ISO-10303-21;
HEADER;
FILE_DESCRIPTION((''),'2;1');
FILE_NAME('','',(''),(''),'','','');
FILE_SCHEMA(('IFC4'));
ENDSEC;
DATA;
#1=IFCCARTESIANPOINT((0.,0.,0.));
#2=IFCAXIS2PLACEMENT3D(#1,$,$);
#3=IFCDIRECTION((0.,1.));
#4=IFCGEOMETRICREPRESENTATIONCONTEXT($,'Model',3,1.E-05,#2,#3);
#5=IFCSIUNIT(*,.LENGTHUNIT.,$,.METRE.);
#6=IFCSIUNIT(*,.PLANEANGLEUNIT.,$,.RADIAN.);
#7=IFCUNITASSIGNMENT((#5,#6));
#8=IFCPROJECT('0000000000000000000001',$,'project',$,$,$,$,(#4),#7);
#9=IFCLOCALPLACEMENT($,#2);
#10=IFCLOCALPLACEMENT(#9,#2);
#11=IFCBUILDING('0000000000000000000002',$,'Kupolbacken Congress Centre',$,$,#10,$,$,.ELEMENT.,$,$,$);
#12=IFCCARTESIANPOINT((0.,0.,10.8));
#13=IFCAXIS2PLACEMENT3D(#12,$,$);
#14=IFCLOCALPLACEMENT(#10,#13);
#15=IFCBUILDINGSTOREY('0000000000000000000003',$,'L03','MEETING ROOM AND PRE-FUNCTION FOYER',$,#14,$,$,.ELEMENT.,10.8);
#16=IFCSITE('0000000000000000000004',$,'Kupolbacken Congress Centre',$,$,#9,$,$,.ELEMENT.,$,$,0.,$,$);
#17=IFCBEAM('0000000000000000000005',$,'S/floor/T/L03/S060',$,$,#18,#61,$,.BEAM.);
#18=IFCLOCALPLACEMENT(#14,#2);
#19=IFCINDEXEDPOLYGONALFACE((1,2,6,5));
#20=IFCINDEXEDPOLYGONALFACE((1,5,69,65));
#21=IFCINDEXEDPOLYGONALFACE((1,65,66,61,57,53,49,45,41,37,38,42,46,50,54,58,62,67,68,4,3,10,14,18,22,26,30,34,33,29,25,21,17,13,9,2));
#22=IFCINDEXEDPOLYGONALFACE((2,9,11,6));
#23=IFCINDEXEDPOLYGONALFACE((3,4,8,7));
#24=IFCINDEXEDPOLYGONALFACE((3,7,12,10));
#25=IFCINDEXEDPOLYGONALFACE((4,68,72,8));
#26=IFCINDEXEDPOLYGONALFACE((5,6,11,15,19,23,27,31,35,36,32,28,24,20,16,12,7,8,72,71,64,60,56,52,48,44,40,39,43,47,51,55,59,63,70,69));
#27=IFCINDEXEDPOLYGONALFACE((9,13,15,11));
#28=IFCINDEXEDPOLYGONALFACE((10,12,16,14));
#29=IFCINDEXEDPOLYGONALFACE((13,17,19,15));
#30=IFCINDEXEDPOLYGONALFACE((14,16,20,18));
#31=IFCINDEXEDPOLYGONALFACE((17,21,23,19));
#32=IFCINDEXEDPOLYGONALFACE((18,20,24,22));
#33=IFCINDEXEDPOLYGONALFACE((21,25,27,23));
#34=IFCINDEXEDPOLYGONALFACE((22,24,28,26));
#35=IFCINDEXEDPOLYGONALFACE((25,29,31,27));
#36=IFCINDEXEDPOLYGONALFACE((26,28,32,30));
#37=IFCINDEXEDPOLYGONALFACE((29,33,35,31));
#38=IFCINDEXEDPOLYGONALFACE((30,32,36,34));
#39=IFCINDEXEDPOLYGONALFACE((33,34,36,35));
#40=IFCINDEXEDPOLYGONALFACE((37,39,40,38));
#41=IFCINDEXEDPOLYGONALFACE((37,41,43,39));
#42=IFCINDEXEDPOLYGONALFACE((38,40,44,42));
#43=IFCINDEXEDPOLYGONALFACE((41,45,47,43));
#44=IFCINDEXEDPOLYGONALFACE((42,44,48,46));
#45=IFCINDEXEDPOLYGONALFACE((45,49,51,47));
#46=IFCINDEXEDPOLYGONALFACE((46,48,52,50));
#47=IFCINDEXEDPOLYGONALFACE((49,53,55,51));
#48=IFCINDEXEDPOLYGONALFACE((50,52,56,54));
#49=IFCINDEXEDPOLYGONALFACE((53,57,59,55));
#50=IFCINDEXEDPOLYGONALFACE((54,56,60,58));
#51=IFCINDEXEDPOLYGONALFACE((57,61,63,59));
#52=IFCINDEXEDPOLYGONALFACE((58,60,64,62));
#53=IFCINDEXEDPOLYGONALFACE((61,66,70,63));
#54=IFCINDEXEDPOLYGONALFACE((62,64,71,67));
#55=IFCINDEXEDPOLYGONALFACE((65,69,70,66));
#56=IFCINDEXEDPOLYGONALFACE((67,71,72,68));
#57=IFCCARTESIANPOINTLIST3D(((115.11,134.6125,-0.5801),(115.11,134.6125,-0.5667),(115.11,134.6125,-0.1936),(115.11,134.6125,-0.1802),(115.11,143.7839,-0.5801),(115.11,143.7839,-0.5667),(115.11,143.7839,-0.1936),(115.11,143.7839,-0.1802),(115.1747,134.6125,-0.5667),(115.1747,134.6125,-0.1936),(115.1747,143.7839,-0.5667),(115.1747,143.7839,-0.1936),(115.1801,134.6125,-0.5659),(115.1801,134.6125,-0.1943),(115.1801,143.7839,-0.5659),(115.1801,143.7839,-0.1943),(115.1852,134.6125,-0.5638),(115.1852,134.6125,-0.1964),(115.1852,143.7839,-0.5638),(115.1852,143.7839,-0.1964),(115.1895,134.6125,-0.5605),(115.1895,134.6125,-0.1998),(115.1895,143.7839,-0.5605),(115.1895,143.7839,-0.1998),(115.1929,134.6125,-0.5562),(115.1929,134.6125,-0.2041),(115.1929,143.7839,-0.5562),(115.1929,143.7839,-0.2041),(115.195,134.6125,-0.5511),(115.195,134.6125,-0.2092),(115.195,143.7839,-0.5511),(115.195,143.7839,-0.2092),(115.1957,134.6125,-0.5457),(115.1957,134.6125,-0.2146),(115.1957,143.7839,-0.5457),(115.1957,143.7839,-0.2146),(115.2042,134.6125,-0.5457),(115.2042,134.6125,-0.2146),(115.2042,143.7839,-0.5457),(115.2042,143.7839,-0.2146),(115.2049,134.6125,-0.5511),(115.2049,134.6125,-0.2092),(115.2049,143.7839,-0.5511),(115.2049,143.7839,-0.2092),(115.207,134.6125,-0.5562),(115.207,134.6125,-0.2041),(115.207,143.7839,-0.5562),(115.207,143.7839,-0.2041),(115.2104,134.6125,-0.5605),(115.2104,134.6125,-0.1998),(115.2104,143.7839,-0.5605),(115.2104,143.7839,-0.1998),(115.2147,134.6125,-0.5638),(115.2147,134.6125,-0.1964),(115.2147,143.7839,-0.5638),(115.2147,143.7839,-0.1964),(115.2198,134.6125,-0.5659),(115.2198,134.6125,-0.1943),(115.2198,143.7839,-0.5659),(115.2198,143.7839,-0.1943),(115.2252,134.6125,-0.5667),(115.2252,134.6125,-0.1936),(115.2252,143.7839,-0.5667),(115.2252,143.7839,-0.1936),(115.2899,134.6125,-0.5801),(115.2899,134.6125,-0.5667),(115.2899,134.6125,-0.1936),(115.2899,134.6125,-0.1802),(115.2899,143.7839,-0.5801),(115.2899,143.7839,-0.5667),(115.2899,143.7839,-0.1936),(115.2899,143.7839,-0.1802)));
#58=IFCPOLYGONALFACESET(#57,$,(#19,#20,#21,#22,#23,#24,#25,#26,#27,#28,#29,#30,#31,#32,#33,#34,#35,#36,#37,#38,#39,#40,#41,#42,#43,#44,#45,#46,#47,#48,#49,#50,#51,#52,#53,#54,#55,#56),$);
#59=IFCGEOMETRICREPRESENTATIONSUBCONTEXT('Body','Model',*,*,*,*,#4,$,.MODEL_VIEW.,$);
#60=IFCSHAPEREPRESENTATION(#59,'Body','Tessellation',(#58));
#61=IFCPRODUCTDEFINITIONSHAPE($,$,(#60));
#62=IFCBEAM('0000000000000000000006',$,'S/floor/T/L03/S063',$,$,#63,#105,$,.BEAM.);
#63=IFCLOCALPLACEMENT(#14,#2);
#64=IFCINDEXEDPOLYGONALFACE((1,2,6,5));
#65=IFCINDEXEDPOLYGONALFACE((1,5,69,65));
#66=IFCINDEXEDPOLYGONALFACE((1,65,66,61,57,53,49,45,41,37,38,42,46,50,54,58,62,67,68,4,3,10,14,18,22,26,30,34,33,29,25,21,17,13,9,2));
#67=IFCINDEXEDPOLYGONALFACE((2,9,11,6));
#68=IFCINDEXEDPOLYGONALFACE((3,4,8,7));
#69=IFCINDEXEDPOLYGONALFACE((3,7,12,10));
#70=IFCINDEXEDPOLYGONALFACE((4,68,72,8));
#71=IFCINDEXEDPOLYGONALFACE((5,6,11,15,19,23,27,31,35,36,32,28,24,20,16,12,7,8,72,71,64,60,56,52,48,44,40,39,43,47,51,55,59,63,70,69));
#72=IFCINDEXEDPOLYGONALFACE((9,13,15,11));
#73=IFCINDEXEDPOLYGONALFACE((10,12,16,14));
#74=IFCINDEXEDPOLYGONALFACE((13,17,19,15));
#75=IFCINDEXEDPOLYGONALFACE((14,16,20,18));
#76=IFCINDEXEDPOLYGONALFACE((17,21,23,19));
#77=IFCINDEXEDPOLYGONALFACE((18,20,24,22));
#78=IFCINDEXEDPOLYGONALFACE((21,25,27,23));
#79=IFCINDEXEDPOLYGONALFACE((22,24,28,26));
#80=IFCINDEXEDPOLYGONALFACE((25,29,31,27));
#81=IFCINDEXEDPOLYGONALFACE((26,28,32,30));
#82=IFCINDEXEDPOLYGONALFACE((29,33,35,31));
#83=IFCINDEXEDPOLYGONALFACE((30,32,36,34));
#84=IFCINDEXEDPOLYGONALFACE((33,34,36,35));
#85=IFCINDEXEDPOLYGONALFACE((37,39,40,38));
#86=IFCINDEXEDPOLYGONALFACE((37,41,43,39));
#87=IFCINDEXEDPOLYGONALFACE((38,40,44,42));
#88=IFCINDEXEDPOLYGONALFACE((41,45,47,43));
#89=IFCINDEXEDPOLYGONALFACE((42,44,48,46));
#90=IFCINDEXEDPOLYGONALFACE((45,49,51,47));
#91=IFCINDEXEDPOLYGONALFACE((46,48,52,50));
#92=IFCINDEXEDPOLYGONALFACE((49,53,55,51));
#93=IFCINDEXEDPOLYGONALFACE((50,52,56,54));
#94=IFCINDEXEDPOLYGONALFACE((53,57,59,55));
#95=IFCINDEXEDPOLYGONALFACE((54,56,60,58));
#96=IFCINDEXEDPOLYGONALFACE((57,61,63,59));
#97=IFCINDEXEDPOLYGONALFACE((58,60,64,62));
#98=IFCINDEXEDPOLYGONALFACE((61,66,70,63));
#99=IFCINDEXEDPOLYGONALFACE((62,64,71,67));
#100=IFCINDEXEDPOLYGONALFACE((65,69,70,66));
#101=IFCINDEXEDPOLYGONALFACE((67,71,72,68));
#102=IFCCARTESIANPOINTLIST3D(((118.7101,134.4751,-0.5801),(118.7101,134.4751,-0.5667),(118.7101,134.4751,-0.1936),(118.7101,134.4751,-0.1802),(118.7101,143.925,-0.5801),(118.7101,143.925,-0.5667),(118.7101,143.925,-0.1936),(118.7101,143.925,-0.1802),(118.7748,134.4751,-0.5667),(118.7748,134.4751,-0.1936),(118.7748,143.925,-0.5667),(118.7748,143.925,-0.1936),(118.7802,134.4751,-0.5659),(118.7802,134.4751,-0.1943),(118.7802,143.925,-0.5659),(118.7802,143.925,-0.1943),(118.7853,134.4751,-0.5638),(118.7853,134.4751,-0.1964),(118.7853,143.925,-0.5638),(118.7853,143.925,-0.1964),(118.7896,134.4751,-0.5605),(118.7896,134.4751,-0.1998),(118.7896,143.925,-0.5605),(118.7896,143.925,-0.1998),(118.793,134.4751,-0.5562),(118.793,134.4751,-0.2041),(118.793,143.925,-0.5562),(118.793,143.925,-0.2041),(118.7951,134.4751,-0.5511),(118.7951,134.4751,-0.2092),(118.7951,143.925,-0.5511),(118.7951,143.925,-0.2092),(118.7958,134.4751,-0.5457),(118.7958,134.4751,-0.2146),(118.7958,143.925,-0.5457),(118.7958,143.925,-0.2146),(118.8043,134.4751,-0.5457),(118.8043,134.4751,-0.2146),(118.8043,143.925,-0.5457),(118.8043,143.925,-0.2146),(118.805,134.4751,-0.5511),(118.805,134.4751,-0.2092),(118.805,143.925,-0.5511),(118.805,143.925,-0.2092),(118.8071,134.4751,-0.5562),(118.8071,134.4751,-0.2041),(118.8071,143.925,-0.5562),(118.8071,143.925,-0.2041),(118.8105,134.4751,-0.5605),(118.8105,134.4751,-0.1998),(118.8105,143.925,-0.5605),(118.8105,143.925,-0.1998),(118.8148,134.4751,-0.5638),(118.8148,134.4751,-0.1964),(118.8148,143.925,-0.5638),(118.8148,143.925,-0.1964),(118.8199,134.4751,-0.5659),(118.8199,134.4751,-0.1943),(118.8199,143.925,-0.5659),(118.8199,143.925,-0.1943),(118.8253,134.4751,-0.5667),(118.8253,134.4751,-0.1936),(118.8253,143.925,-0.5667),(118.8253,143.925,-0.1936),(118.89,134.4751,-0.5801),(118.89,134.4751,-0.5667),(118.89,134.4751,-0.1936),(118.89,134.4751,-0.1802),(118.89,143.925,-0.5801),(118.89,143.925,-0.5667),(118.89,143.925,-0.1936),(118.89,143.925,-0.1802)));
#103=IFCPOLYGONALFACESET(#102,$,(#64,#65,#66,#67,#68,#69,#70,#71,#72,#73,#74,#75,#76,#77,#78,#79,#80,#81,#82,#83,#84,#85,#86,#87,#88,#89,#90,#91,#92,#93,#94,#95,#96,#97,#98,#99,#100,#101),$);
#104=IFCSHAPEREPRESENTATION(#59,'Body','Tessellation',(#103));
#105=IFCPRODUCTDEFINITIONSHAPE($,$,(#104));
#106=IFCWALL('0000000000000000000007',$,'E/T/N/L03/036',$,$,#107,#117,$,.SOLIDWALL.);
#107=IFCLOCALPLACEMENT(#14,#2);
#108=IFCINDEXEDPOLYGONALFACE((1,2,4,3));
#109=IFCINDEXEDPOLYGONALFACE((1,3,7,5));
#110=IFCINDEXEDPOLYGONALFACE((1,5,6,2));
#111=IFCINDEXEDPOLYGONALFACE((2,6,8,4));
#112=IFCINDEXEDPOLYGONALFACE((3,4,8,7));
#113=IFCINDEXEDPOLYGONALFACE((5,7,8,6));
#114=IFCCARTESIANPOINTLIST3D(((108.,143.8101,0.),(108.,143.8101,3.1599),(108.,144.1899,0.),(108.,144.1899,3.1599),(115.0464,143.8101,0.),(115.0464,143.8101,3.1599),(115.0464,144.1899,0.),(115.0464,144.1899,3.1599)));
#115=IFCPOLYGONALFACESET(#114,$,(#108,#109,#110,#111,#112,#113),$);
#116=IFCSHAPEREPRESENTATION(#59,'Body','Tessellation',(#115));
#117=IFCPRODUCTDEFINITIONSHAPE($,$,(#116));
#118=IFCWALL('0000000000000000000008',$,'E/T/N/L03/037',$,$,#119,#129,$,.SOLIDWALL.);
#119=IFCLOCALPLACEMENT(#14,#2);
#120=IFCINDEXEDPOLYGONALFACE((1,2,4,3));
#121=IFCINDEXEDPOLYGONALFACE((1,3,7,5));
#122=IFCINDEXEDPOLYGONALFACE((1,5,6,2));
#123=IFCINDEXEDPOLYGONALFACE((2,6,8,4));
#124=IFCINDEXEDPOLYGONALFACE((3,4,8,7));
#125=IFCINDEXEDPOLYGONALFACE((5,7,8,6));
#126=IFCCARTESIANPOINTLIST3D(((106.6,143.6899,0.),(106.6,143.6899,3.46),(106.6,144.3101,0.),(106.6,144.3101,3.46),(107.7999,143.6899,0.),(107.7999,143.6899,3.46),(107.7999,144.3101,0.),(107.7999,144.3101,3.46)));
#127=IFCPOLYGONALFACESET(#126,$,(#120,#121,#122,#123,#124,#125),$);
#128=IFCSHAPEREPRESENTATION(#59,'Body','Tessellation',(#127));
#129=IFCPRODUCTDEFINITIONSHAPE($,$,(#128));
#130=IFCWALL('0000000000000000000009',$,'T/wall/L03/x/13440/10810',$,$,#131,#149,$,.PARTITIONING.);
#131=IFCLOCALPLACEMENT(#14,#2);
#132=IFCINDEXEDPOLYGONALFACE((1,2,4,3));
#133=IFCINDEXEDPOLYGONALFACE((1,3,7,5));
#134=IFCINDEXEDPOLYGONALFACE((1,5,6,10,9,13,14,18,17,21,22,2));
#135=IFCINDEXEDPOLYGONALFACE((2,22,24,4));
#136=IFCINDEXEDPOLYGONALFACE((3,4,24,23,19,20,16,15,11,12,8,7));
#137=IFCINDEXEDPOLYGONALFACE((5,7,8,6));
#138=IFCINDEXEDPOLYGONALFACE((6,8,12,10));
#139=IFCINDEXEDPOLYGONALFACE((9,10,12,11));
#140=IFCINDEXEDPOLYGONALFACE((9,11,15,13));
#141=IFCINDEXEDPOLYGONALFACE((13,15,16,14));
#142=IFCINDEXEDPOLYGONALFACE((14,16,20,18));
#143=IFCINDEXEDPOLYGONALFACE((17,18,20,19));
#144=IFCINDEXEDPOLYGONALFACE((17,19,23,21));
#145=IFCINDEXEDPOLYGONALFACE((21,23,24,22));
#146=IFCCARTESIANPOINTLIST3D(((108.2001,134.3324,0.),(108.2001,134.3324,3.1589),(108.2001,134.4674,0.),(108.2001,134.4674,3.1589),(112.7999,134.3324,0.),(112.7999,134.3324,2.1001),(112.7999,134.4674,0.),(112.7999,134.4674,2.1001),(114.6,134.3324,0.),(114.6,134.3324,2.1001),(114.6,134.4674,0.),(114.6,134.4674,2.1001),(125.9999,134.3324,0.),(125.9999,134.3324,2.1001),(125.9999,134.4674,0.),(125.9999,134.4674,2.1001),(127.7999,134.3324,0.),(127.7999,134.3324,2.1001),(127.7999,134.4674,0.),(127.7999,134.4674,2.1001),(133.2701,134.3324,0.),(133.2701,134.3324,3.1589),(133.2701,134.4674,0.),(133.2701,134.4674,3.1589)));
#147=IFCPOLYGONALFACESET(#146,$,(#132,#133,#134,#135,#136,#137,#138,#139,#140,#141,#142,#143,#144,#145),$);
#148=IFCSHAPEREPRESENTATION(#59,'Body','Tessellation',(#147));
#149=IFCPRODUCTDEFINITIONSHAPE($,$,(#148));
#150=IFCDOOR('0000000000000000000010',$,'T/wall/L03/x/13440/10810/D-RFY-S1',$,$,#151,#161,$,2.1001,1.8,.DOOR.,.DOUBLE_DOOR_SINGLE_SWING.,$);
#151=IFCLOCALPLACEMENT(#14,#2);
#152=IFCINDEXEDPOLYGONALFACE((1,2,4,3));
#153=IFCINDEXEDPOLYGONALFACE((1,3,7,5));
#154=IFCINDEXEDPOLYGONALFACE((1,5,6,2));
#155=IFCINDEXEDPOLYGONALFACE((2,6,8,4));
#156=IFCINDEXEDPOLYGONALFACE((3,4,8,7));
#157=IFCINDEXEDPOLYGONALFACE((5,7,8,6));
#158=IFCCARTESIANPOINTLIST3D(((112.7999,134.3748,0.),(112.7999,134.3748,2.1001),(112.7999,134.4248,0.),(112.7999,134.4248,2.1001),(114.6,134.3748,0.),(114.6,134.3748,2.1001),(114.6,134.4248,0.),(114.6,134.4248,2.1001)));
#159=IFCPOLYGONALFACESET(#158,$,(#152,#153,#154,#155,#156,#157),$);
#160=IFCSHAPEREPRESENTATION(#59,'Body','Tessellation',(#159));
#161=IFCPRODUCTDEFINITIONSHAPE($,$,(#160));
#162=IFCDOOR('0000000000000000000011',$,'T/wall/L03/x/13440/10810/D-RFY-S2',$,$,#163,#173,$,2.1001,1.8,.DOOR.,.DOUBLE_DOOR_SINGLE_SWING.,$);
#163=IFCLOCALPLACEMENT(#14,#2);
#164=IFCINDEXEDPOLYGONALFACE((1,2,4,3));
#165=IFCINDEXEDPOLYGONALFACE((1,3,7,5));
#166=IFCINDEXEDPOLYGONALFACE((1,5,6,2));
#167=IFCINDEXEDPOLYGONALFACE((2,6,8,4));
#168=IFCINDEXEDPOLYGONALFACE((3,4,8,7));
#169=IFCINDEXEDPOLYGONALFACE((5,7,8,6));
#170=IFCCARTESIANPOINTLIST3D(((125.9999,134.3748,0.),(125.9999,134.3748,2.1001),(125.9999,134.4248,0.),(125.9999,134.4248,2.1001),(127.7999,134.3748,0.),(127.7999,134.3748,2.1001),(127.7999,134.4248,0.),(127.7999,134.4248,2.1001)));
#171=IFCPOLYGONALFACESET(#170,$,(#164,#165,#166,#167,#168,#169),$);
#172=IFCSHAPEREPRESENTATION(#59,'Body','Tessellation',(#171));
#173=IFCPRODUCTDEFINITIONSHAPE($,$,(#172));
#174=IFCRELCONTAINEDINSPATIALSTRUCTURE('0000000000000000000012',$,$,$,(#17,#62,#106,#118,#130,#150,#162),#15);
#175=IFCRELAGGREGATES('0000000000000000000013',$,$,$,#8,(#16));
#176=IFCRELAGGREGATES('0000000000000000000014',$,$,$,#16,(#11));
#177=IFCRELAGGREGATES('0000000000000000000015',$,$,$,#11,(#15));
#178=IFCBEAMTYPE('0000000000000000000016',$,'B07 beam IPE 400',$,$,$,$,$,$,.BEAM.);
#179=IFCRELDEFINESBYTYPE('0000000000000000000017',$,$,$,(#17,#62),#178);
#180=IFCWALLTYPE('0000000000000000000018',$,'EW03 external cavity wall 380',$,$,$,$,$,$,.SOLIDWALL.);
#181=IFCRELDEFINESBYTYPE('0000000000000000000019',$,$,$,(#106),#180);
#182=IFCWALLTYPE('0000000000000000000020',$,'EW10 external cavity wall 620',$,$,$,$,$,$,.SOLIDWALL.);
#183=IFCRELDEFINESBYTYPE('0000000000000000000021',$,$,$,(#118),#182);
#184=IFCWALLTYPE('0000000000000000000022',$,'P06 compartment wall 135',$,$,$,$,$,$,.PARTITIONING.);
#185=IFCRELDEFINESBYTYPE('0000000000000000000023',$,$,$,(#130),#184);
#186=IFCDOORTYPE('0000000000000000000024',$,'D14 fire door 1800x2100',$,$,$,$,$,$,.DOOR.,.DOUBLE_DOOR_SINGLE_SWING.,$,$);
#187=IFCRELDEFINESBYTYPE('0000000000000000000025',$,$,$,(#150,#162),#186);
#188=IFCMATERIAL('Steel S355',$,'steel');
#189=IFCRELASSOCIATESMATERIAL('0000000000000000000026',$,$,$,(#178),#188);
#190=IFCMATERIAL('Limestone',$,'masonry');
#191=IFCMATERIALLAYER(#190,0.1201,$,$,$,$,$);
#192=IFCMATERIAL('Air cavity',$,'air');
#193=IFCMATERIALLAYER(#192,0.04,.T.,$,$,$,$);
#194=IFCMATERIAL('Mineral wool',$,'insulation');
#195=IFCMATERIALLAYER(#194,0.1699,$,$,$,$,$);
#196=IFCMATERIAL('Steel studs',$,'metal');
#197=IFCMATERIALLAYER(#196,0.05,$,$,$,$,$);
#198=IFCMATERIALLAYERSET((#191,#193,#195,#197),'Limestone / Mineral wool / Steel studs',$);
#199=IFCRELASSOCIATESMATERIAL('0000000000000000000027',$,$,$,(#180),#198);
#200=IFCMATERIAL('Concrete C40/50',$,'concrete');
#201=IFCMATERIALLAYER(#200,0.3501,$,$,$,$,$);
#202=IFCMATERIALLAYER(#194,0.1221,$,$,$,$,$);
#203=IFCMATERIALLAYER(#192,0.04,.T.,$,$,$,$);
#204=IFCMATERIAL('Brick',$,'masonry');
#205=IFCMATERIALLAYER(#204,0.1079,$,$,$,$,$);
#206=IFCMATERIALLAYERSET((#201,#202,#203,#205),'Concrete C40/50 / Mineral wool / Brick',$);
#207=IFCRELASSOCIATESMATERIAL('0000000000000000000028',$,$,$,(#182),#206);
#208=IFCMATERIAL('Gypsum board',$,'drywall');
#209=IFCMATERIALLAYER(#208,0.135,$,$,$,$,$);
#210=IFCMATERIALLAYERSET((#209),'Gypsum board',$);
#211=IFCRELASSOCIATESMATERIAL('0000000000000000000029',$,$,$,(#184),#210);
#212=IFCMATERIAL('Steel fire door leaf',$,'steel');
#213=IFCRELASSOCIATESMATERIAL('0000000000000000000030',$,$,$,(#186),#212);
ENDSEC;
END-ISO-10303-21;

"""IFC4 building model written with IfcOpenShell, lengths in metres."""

from ifc_helpers import new_model, si_unit, direction, frame, frame_2d, origin, origin_2d, place, context, subcontext, project, spatial, rectangle, i_section, extrude, material, layer, layer_set, material_profile, profile_set, type_object, element, fill, save


model = new_model("IFC4")

# Units and contexts
model_context = context("Model", 3, precision=1e-05, world=origin(), true_north=direction((0.0, 1.0)))
body_context = subcontext(model_context, "Body", "Model", "MODEL_VIEW")
ifc_project = project(units=[si_unit("LENGTHUNIT", "METRE"), si_unit("PLANEANGLEUNIT", "RADIAN")], contexts=[model_context])

# Site, building, storey
site_placement = place(None, origin())
site = spatial("IfcSite", under=ifc_project, at=site_placement, Name="Kupolbacken Congress Centre", CompositionType="ELEMENT", RefElevation=0.0)
building_placement = place(site_placement, origin())
building = spatial("IfcBuilding", under=site, at=building_placement, Name="Kupolbacken Congress Centre", CompositionType="ELEMENT")
storey_placement = place(building_placement, frame((0.0, 0.0, 10.8)))
storey = spatial("IfcBuildingStorey", under=building, at=storey_placement, Name="L03", Description="MEETING ROOM AND PRE-FUNCTION FOYER", CompositionType="ELEMENT", Elevation=10.8)

# Beams
ifc_material_1 = material(Name="Steel S355", Category="steel")
ifc_material_profile_1 = material_profile(ifc_material_1, i_section(OverallWidth=0.1799, OverallDepth=0.3999, WebThickness=0.0085, FlangeThickness=0.0134, FilletRadius=0.021, at=origin_2d()), Name="IPE 400")
ifc_profile_set_1 = profile_set([ifc_material_profile_1], Name="Steel S355")
beam_type_1 = type_object("IfcBeamType", Name="B07 beam IPE 400", PredefinedType="BEAM", material=ifc_profile_set_1)
beam_1_placement = place(storey_placement, frame((115.2, 134.6125, -0.3801), z_axis=(0.0, 1.0, 0.0), x_axis=(-1.0, 0.0, 0.0)))
element("IfcBeam", 1, at=beam_1_placement, inside=storey, type_object=beam_type_1, Name="S/floor/T/L03/S060", PredefinedType="BEAM", context=body_context, shape_type="SweptSolid", body=[
    extrude(i_section(OverallWidth=0.1799, OverallDepth=0.3999, WebThickness=0.0085, FlangeThickness=0.0134, FilletRadius=0.021, at=origin_2d()), origin(), (0.0, 0.0, 1.0), 9.1714),
])
beam_2_placement = place(storey_placement, frame((118.8, 134.4751, -0.3801), z_axis=(0.0, 1.0, 0.0), x_axis=(-1.0, 0.0, 0.0)))
element("IfcBeam", 2, at=beam_2_placement, inside=storey, type_object=beam_type_1, Name="S/floor/T/L03/S063", PredefinedType="BEAM", context=body_context, shape_type="SweptSolid", body=[
    extrude(i_section(OverallWidth=0.1799, OverallDepth=0.3999, WebThickness=0.0085, FlangeThickness=0.0134, FilletRadius=0.021, at=origin_2d()), origin(), (0.0, 0.0, 1.0), 9.45),
])

# Walls
ifc_material_2 = material(Name="Limestone", Category="masonry")
ifc_layer_1 = layer(ifc_material_2, 0.1201)
ifc_material_3 = material(Name="Air cavity", Category="air")
ifc_layer_2 = layer(ifc_material_3, 0.04, ventilated=True)
ifc_material_4 = material(Name="Mineral wool", Category="insulation")
ifc_layer_3 = layer(ifc_material_4, 0.1699)
ifc_material_5 = material(Name="Steel studs", Category="metal")
ifc_layer_4 = layer(ifc_material_5, 0.05)
ifc_layer_set_1 = layer_set([ifc_layer_1, ifc_layer_2, ifc_layer_3, ifc_layer_4], Name="Limestone / Mineral wool / Steel studs")
wall_type_1 = type_object("IfcWallType", Name="EW03 external cavity wall 380", PredefinedType="SOLIDWALL", material=ifc_layer_set_1)
wall_1_placement = place(storey_placement, frame((115.0464, 144.0, 0.0), z_axis=(0.0, 0.0, 1.0), x_axis=(-1.0, 0.0, 0.0)))
element("IfcWall", 3, at=wall_1_placement, inside=storey, type_object=wall_type_1, Name="E/T/N/L03/036", PredefinedType="SOLIDWALL", context=body_context, shape_type="SweptSolid", body=[
    extrude(rectangle(XDim=7.0464, YDim=0.3799, at=frame_2d((3.5232, 0.0))), origin(), (0.0, 0.0, 1.0), 3.1599),
])
ifc_material_6 = material(Name="Concrete C40/50", Category="concrete")
ifc_layer_5 = layer(ifc_material_6, 0.3501)
ifc_layer_6 = layer(ifc_material_4, 0.1221)
ifc_layer_7 = layer(ifc_material_3, 0.04, ventilated=True)
ifc_material_7 = material(Name="Brick", Category="masonry")
ifc_layer_8 = layer(ifc_material_7, 0.1079)
ifc_layer_set_2 = layer_set([ifc_layer_5, ifc_layer_6, ifc_layer_7, ifc_layer_8], Name="Concrete C40/50 / Mineral wool / Brick")
wall_type_2 = type_object("IfcWallType", Name="EW10 external cavity wall 620", PredefinedType="SOLIDWALL", material=ifc_layer_set_2)
wall_2_placement = place(storey_placement, frame((107.8, 144.0, 0.0), z_axis=(0.0, 0.0, 1.0), x_axis=(-1.0, 0.0, 0.0)))
element("IfcWall", 4, at=wall_2_placement, inside=storey, type_object=wall_type_2, Name="E/T/N/L03/037", PredefinedType="SOLIDWALL", context=body_context, shape_type="SweptSolid", body=[
    extrude(rectangle(XDim=1.2, YDim=0.6201, at=frame_2d((0.6001, 0.0))), origin(), (0.0, 0.0, 1.0), 3.46),
])

# Wall, openings, doors
ifc_material_8 = material(Name="Gypsum board", Category="drywall")
ifc_layer_9 = layer(ifc_material_8, 0.135)
ifc_layer_set_3 = layer_set([ifc_layer_9], Name="Gypsum board")
wall_type_3 = type_object("IfcWallType", Name="P06 compartment wall 135", PredefinedType="PARTITIONING", material=ifc_layer_set_3)
wall_3_placement = place(storey_placement, frame((108.2, 134.3999, 0.0), z_axis=(0.0, 0.0, 1.0), x_axis=(1.0, 0.0, 0.0)))
wall_3 = element("IfcWall", 5, at=wall_3_placement, inside=storey, type_object=wall_type_3, Name="T/wall/L03/x/13440/10810", PredefinedType="PARTITIONING", context=body_context, shape_type="SweptSolid", body=[
    extrude(rectangle(XDim=25.0701, YDim=0.135, at=frame_2d((12.5352, 0.0))), origin(), (0.0, 0.0, 1.0), 3.1589),
])
opening_1_placement = place(wall_3_placement, frame((4.6001, 0.0, 0.0)))
opening_1 = element("IfcOpeningElement", 6, at=opening_1_placement, cuts=wall_3, PredefinedType="OPENING", context=body_context, shape_type="SweptSolid", body=[
    extrude(rectangle(XDim=1.8, YDim=2.1001, at=frame_2d((0.8999, 1.05))), frame((0.0, 0.0774, 0.0), z_axis=(0.0, -1.0, 0.0), x_axis=(1.0, 0.0, 0.0)), (0.0, 0.0, 1.0), 0.155),
])
opening_2_placement = place(wall_3_placement, frame((17.8, 0.0, 0.0)))
opening_2 = element("IfcOpeningElement", 7, at=opening_2_placement, cuts=wall_3, PredefinedType="OPENING", context=body_context, shape_type="SweptSolid", body=[
    extrude(rectangle(XDim=1.8, YDim=2.1001, at=frame_2d((0.8999, 1.05))), frame((0.0, 0.0774, 0.0), z_axis=(0.0, -1.0, 0.0), x_axis=(1.0, 0.0, 0.0)), (0.0, 0.0, 1.0), 0.155),
])
ifc_material_9 = material(Name="Steel fire door leaf", Category="steel")
door_type = type_object("IfcDoorType", Name="D14 fire door 1800x2100", OperationType="DOUBLE_DOOR_SINGLE_SWING", PredefinedType="DOOR", material=ifc_material_9)
door_1_placement = place(opening_1_placement, origin())
door_1 = element("IfcDoor", 8, at=door_1_placement, inside=storey, type_object=door_type, Name="T/wall/L03/x/13440/10810/D-RFY-S1", OperationType="DOUBLE_DOOR_SINGLE_SWING", OverallHeight=2.1001, OverallWidth=1.8, PredefinedType="DOOR", context=body_context, shape_type="SweptSolid", body=[
    extrude(rectangle(XDim=1.8, YDim=2.1001, at=frame_2d((0.8999, 1.05))), frame((0.0, 0.0249, 0.0), z_axis=(0.0, -1.0, 0.0), x_axis=(1.0, 0.0, 0.0)), (0.0, 0.0, 1.0), 0.05),
])
fill(opening_1, door_1)
door_2_placement = place(opening_2_placement, origin())
door_2 = element("IfcDoor", 9, at=door_2_placement, inside=storey, type_object=door_type, Name="T/wall/L03/x/13440/10810/D-RFY-S2", OperationType="DOUBLE_DOOR_SINGLE_SWING", OverallHeight=2.1001, OverallWidth=1.8, PredefinedType="DOOR", context=body_context, shape_type="SweptSolid", body=[
    extrude(rectangle(XDim=1.8, YDim=2.1001, at=frame_2d((0.8999, 1.05))), frame((0.0, 0.0249, 0.0), z_axis=(0.0, -1.0, 0.0), x_axis=(1.0, 0.0, 0.0)), (0.0, 0.0, 1.0), 0.05),
])
fill(opening_2, door_2)

save(model, "model.ifc")
